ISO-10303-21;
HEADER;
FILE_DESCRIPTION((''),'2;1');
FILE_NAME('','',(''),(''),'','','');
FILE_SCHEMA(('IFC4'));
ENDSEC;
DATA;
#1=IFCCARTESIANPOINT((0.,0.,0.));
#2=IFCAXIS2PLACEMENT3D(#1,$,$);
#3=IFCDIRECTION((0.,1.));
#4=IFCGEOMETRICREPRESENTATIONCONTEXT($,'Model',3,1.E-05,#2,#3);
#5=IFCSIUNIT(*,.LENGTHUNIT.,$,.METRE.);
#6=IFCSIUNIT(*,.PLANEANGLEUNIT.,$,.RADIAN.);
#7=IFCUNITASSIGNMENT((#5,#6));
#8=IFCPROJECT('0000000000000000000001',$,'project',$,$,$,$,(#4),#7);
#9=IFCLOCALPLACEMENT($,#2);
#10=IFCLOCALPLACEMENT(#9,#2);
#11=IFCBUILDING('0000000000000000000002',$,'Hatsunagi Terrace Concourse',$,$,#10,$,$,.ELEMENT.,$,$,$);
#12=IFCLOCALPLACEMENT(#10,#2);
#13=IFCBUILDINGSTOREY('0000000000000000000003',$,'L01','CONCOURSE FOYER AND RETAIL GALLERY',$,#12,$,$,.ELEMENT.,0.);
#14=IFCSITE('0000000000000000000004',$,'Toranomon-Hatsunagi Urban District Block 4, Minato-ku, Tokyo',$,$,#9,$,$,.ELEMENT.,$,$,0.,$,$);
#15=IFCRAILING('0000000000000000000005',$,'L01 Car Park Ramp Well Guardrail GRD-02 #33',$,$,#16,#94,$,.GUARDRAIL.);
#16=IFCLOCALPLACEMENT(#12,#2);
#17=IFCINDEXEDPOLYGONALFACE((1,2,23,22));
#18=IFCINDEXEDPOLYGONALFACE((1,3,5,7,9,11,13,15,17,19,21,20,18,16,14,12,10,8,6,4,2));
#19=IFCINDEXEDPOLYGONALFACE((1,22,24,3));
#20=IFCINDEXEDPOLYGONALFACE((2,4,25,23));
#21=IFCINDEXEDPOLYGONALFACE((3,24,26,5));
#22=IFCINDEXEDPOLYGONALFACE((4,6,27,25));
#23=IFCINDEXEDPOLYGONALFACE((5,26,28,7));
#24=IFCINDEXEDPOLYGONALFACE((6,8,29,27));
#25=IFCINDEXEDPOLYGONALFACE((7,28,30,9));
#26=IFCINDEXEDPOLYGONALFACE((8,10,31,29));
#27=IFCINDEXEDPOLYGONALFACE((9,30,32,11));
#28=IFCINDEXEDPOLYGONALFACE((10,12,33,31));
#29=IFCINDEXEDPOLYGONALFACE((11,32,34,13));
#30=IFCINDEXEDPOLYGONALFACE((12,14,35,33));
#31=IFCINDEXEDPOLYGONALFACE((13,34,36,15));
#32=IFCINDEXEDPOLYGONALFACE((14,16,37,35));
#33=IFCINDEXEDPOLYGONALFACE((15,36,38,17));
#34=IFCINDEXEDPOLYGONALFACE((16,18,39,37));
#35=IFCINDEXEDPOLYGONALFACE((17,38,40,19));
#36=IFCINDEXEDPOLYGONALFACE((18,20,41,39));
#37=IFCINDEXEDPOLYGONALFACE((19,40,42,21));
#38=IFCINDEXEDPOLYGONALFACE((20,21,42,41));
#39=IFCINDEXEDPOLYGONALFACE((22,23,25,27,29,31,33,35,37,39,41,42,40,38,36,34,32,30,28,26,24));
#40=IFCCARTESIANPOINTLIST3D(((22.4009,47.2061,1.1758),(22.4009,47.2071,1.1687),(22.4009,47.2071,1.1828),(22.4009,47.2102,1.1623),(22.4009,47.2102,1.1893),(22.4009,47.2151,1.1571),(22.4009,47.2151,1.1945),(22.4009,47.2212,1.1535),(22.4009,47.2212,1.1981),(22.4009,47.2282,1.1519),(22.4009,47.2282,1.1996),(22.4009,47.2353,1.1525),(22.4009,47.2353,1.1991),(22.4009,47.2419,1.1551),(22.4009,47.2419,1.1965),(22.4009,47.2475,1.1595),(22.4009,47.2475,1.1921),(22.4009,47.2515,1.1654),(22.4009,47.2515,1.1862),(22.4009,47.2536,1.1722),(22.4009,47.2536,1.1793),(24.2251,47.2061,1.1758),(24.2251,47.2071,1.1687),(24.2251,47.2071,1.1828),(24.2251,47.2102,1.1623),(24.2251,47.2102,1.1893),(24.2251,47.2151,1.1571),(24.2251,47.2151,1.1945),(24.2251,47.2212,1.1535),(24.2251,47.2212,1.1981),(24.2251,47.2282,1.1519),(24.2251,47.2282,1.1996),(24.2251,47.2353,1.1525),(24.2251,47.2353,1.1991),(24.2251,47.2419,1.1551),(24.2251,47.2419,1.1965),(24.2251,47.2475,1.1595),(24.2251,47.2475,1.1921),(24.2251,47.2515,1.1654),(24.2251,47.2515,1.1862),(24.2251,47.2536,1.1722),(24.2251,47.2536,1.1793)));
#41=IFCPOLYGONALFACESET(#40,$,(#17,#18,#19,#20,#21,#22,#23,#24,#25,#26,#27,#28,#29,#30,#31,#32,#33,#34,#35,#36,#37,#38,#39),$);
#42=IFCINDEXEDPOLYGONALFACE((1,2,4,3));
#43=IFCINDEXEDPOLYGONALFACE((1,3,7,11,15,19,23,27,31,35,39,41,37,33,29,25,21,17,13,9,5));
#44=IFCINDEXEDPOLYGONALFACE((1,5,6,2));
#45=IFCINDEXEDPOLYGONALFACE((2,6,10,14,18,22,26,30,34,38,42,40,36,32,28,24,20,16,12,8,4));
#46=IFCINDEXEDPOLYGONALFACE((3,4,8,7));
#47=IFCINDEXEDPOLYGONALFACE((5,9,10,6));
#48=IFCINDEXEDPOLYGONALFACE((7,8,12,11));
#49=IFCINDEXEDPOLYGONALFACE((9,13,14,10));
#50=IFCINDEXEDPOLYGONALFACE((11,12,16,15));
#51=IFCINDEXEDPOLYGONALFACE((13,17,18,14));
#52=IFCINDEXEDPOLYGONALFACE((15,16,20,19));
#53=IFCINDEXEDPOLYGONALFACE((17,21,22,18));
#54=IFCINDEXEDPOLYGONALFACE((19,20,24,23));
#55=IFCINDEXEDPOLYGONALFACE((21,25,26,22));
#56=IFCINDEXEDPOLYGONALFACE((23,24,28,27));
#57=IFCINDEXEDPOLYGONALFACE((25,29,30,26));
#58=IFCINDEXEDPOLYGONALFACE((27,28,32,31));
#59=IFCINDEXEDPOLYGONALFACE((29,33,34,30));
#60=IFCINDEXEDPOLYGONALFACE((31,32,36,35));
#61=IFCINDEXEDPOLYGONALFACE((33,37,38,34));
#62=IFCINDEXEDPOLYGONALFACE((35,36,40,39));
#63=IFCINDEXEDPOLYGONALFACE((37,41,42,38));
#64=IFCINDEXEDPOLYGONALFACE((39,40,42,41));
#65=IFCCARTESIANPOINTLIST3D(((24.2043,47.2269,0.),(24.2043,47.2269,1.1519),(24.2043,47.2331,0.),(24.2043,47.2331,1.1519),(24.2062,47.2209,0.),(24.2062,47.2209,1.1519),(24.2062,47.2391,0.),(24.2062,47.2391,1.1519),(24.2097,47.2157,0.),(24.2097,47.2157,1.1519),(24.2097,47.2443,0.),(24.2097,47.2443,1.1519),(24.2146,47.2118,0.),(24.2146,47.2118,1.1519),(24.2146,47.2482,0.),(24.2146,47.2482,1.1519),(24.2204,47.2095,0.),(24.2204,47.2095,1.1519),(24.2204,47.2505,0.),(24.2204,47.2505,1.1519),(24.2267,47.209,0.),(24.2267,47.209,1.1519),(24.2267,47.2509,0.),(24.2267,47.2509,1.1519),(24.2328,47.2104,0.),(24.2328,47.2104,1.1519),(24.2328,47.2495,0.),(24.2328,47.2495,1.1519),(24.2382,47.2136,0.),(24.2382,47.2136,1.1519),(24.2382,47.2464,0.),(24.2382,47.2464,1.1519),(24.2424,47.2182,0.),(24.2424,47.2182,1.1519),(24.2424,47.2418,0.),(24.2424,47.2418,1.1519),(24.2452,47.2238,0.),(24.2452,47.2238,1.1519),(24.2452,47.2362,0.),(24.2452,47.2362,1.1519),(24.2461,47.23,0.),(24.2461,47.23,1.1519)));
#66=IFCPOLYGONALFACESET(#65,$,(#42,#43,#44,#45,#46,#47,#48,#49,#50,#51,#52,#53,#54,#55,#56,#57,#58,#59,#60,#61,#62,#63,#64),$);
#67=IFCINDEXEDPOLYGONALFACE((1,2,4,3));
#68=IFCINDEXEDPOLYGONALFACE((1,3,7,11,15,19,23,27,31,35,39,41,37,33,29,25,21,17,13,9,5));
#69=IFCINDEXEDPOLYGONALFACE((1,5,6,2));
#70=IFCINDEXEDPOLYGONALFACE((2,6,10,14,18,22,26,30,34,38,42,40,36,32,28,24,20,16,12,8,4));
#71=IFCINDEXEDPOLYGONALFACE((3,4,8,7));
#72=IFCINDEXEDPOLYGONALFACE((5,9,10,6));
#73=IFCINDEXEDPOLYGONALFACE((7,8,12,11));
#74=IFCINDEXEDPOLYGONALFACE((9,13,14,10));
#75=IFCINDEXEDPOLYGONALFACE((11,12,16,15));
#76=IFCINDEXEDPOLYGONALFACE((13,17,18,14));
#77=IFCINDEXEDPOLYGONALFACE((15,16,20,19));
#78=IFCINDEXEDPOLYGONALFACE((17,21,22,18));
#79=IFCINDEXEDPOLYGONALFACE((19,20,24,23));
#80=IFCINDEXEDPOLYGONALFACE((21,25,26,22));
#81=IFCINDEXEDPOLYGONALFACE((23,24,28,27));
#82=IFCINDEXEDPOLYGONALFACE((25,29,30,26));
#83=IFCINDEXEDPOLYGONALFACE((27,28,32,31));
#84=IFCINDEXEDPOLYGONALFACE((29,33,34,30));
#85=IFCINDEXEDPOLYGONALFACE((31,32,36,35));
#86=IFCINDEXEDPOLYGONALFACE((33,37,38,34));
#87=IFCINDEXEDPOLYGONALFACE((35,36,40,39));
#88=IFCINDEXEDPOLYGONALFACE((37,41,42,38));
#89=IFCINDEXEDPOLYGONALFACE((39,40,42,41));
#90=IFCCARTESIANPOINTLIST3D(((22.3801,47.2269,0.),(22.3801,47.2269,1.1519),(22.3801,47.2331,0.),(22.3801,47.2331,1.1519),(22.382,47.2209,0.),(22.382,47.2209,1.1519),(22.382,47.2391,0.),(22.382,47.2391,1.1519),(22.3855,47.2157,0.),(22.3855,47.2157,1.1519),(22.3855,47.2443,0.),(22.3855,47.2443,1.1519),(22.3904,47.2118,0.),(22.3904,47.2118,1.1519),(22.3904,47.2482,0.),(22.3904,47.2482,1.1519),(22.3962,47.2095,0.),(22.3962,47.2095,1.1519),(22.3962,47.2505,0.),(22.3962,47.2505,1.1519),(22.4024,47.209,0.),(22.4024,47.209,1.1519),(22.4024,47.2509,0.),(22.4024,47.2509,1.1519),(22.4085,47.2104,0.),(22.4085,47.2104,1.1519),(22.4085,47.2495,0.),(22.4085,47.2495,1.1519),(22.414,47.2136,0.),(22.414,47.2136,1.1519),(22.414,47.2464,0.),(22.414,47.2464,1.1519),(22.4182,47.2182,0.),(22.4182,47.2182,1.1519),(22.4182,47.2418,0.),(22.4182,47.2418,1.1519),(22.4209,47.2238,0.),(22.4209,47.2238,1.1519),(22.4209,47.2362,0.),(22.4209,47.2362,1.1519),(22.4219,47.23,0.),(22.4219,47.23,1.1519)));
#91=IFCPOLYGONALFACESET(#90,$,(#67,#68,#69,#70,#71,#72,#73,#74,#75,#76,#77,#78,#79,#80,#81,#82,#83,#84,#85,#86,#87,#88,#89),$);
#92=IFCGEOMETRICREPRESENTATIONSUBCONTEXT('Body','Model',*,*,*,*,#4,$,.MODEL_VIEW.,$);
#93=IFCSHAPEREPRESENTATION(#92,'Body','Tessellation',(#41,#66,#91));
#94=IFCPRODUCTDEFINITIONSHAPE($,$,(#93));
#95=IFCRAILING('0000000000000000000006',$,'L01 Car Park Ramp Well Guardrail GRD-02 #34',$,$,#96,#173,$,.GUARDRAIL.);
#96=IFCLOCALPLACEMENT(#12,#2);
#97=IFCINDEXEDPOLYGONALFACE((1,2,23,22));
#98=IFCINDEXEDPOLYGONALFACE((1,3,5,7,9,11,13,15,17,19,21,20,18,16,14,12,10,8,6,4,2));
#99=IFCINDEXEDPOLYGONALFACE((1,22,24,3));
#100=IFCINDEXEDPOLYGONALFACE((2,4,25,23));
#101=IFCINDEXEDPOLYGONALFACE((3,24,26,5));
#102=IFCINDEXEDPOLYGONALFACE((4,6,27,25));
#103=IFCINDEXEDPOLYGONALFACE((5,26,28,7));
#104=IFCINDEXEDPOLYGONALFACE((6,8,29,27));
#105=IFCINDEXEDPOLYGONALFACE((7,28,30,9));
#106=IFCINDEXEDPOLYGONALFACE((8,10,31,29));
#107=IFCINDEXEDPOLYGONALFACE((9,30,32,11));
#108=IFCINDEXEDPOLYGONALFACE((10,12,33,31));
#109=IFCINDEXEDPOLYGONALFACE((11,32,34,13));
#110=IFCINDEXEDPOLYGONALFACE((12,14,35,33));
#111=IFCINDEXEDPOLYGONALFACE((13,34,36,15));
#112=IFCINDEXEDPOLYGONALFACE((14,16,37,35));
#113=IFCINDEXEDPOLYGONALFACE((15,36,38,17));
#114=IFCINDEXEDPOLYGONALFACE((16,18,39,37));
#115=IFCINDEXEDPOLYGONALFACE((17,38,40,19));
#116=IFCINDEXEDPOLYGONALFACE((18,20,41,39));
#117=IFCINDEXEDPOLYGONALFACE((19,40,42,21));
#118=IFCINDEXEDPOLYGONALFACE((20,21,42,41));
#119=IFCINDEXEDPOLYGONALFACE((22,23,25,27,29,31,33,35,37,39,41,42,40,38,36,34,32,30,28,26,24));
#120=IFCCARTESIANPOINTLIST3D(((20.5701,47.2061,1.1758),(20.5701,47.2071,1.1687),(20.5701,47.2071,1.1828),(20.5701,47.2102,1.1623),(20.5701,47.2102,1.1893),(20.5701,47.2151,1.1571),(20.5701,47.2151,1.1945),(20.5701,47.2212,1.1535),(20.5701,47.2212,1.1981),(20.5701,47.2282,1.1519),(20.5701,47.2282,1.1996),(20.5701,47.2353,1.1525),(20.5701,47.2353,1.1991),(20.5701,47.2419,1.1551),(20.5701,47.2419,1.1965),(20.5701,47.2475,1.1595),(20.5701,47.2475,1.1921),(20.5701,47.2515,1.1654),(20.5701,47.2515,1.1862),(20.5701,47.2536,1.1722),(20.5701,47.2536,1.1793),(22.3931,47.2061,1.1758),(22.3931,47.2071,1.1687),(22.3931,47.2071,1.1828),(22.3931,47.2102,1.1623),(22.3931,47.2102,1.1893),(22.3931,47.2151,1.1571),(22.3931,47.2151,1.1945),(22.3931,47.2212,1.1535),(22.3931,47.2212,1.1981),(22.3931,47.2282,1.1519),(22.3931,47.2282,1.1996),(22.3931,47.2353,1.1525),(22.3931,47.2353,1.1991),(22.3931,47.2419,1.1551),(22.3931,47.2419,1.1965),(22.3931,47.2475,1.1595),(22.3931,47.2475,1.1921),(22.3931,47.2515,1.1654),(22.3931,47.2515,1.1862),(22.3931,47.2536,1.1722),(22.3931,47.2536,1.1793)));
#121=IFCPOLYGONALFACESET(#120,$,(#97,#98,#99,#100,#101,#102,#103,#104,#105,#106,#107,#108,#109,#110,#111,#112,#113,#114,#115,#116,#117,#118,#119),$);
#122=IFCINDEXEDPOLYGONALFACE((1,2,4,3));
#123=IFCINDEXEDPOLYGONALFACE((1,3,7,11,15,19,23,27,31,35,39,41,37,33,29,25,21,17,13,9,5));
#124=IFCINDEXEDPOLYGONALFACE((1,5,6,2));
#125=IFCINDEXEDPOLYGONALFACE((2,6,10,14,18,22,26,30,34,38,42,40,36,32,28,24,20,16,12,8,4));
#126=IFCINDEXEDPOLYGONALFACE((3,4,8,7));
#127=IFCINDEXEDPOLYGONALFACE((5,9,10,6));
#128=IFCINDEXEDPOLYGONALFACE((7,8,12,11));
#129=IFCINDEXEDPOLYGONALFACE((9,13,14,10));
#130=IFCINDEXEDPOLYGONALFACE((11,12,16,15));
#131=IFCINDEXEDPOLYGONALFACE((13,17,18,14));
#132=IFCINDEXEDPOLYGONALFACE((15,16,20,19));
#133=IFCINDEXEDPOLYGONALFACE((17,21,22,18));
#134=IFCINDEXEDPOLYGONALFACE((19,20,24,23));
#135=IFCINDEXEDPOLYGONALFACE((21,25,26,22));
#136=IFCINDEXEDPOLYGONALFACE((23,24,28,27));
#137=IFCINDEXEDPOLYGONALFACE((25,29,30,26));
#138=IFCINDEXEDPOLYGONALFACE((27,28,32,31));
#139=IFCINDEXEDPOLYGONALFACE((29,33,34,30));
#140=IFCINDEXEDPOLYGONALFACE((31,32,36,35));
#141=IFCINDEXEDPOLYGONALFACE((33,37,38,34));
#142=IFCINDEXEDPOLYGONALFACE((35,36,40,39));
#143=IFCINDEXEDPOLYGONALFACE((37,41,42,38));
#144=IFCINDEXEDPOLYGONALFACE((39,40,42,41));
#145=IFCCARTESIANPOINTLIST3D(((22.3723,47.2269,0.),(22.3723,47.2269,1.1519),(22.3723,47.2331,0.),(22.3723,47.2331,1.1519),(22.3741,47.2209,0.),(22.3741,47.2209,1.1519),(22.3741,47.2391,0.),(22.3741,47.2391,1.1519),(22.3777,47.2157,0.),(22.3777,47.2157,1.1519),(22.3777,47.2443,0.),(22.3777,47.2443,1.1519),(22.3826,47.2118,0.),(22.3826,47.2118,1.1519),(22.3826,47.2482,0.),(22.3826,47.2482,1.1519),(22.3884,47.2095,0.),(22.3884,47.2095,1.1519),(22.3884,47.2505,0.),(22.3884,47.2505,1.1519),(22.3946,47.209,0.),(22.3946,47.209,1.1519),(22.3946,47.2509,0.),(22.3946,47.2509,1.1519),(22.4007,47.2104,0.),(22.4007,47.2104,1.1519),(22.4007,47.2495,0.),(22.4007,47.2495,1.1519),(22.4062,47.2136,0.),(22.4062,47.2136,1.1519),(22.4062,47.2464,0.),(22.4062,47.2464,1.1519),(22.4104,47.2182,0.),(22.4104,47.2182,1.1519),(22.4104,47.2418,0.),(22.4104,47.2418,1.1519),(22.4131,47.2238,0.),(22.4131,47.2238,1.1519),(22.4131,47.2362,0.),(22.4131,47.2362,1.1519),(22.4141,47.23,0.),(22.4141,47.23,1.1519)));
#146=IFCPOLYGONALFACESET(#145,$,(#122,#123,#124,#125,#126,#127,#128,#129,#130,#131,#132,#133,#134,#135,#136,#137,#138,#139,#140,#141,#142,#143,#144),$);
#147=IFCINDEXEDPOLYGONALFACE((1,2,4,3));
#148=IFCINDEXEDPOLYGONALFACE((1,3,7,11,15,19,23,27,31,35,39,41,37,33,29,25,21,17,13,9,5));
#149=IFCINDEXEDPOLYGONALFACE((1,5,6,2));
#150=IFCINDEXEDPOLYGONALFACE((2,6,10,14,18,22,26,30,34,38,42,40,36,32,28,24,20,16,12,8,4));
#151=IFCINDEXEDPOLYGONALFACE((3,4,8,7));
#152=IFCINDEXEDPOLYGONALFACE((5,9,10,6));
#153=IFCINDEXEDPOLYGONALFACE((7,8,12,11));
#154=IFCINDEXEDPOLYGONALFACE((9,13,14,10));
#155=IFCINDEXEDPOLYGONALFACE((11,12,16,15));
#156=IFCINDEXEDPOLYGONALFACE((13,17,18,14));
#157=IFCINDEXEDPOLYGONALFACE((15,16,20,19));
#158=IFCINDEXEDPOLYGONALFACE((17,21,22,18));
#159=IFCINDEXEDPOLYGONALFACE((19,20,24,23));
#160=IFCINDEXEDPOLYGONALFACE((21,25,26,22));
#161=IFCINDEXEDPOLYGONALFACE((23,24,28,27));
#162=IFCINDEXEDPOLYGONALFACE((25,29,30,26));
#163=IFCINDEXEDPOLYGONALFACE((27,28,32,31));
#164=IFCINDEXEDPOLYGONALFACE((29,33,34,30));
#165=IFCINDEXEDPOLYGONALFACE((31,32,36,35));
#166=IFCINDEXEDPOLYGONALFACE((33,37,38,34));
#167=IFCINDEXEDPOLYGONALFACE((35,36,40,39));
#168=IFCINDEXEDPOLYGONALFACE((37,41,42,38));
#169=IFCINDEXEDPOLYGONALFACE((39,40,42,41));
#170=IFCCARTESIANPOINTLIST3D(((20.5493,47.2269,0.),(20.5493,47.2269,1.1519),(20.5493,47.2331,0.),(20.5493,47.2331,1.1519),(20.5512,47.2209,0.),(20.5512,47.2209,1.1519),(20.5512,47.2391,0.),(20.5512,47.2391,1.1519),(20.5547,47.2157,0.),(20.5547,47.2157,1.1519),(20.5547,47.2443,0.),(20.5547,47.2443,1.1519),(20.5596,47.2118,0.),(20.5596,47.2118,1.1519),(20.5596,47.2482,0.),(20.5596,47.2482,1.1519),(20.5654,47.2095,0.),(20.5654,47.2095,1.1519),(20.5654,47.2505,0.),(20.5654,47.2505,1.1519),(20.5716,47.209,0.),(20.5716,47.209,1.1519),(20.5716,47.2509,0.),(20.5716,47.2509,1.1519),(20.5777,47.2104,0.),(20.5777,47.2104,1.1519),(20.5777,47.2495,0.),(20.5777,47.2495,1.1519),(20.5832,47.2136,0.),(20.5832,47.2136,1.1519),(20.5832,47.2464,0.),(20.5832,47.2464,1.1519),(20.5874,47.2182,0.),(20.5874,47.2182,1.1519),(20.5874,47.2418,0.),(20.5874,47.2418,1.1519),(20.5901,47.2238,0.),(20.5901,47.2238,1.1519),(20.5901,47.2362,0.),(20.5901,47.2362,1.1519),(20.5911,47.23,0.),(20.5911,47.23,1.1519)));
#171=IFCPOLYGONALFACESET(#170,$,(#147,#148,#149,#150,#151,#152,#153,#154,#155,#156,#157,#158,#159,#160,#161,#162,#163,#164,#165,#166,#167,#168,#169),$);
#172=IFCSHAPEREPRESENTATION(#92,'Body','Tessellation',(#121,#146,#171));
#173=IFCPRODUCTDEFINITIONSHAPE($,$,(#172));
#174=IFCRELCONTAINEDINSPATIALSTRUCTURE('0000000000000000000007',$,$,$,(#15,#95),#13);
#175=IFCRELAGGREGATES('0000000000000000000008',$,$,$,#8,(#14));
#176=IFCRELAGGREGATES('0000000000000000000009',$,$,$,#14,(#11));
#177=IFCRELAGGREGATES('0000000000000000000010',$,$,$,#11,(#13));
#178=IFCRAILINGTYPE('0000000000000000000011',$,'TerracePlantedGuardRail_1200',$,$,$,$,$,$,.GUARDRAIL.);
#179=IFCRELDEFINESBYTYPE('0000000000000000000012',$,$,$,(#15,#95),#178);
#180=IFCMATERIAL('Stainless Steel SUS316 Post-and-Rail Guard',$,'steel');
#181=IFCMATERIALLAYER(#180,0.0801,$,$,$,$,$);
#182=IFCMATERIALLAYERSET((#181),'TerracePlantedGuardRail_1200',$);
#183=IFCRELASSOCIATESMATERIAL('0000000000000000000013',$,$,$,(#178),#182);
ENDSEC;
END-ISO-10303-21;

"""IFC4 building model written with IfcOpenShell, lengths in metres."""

from ifc_helpers import new_model, si_unit, direction, frame, origin, origin_2d, place, context, subcontext, project, spatial, circle, extrude, material, layer, layer_set, type_object, element, save


model = new_model("IFC4")

# Units and contexts
model_context = context("Model", 3, precision=1e-05, world=origin(), true_north=direction((0.0, 1.0)))
body_context = subcontext(model_context, "Body", "Model", "MODEL_VIEW")
ifc_project = project(units=[si_unit("LENGTHUNIT", "METRE"), si_unit("PLANEANGLEUNIT", "RADIAN")], contexts=[model_context])

# Site, building, storey
site_placement = place(None, origin())
site = spatial("IfcSite", under=ifc_project, at=site_placement, Name="Toranomon-Hatsunagi Urban District Block 4, Minato-ku, Tokyo", CompositionType="ELEMENT", RefElevation=0.0)
building_placement = place(site_placement, origin())
building = spatial("IfcBuilding", under=site, at=building_placement, Name="Hatsunagi Terrace Concourse", CompositionType="ELEMENT")
storey_placement = place(building_placement, origin())
storey = spatial("IfcBuildingStorey", under=building, at=storey_placement, Name="L01", Description="CONCOURSE FOYER AND RETAIL GALLERY", CompositionType="ELEMENT", Elevation=0.0)

# Railings
ifc_material_1 = material(Name="Stainless Steel SUS316 Post-and-Rail Guard", Category="steel")
ifc_layer_1 = layer(ifc_material_1, 0.0801)
ifc_layer_set_1 = layer_set([ifc_layer_1], Name="TerracePlantedGuardRail_1200")
railing_type = type_object("IfcRailingType", Name="TerracePlantedGuardRail_1200", PredefinedType="GUARDRAIL", material=ifc_layer_set_1)
railing_1_placement = place(storey_placement, frame((24.2251, 47.23, 0.0)))
element("IfcRailing", 1, at=railing_1_placement, inside=storey, type_object=railing_type, Name="L01 Car Park Ramp Well Guardrail GRD-02 #33", PredefinedType="GUARDRAIL", context=body_context, shape_type="SweptSolid", body=[
    extrude(circle(Radius=0.0239, at=origin_2d()), frame((0.0, 0.0, 1.1758), z_axis=(-1.0, 0.0, 0.0), x_axis=(0.0, -1.0, 0.0)), (0.0, 0.0, 1.0), 1.8242),
    extrude(circle(Radius=0.021, at=origin_2d()), origin(), (0.0, 0.0, 1.0), 1.1519),
    extrude(circle(Radius=0.021, at=origin_2d()), frame((-1.8242, 0.0, 0.0)), (0.0, 0.0, 1.0), 1.1519),
])
railing_2_placement = place(storey_placement, frame((22.3931, 47.23, 0.0)))
element("IfcRailing", 2, at=railing_2_placement, inside=storey, type_object=railing_type, Name="L01 Car Park Ramp Well Guardrail GRD-02 #34", PredefinedType="GUARDRAIL", context=body_context, shape_type="SweptSolid", body=[
    extrude(circle(Radius=0.0239, at=origin_2d()), frame((0.0, 0.0, 1.1758), z_axis=(-1.0, 0.0, 0.0), x_axis=(0.0, -1.0, 0.0)), (0.0, 0.0, 1.0), 1.823),
    extrude(circle(Radius=0.021, at=origin_2d()), origin(), (0.0, 0.0, 1.0), 1.1519),
    extrude(circle(Radius=0.021, at=origin_2d()), frame((-1.823, 0.0, 0.0)), (0.0, 0.0, 1.0), 1.1519),
])

save(model, "model.ifc")
